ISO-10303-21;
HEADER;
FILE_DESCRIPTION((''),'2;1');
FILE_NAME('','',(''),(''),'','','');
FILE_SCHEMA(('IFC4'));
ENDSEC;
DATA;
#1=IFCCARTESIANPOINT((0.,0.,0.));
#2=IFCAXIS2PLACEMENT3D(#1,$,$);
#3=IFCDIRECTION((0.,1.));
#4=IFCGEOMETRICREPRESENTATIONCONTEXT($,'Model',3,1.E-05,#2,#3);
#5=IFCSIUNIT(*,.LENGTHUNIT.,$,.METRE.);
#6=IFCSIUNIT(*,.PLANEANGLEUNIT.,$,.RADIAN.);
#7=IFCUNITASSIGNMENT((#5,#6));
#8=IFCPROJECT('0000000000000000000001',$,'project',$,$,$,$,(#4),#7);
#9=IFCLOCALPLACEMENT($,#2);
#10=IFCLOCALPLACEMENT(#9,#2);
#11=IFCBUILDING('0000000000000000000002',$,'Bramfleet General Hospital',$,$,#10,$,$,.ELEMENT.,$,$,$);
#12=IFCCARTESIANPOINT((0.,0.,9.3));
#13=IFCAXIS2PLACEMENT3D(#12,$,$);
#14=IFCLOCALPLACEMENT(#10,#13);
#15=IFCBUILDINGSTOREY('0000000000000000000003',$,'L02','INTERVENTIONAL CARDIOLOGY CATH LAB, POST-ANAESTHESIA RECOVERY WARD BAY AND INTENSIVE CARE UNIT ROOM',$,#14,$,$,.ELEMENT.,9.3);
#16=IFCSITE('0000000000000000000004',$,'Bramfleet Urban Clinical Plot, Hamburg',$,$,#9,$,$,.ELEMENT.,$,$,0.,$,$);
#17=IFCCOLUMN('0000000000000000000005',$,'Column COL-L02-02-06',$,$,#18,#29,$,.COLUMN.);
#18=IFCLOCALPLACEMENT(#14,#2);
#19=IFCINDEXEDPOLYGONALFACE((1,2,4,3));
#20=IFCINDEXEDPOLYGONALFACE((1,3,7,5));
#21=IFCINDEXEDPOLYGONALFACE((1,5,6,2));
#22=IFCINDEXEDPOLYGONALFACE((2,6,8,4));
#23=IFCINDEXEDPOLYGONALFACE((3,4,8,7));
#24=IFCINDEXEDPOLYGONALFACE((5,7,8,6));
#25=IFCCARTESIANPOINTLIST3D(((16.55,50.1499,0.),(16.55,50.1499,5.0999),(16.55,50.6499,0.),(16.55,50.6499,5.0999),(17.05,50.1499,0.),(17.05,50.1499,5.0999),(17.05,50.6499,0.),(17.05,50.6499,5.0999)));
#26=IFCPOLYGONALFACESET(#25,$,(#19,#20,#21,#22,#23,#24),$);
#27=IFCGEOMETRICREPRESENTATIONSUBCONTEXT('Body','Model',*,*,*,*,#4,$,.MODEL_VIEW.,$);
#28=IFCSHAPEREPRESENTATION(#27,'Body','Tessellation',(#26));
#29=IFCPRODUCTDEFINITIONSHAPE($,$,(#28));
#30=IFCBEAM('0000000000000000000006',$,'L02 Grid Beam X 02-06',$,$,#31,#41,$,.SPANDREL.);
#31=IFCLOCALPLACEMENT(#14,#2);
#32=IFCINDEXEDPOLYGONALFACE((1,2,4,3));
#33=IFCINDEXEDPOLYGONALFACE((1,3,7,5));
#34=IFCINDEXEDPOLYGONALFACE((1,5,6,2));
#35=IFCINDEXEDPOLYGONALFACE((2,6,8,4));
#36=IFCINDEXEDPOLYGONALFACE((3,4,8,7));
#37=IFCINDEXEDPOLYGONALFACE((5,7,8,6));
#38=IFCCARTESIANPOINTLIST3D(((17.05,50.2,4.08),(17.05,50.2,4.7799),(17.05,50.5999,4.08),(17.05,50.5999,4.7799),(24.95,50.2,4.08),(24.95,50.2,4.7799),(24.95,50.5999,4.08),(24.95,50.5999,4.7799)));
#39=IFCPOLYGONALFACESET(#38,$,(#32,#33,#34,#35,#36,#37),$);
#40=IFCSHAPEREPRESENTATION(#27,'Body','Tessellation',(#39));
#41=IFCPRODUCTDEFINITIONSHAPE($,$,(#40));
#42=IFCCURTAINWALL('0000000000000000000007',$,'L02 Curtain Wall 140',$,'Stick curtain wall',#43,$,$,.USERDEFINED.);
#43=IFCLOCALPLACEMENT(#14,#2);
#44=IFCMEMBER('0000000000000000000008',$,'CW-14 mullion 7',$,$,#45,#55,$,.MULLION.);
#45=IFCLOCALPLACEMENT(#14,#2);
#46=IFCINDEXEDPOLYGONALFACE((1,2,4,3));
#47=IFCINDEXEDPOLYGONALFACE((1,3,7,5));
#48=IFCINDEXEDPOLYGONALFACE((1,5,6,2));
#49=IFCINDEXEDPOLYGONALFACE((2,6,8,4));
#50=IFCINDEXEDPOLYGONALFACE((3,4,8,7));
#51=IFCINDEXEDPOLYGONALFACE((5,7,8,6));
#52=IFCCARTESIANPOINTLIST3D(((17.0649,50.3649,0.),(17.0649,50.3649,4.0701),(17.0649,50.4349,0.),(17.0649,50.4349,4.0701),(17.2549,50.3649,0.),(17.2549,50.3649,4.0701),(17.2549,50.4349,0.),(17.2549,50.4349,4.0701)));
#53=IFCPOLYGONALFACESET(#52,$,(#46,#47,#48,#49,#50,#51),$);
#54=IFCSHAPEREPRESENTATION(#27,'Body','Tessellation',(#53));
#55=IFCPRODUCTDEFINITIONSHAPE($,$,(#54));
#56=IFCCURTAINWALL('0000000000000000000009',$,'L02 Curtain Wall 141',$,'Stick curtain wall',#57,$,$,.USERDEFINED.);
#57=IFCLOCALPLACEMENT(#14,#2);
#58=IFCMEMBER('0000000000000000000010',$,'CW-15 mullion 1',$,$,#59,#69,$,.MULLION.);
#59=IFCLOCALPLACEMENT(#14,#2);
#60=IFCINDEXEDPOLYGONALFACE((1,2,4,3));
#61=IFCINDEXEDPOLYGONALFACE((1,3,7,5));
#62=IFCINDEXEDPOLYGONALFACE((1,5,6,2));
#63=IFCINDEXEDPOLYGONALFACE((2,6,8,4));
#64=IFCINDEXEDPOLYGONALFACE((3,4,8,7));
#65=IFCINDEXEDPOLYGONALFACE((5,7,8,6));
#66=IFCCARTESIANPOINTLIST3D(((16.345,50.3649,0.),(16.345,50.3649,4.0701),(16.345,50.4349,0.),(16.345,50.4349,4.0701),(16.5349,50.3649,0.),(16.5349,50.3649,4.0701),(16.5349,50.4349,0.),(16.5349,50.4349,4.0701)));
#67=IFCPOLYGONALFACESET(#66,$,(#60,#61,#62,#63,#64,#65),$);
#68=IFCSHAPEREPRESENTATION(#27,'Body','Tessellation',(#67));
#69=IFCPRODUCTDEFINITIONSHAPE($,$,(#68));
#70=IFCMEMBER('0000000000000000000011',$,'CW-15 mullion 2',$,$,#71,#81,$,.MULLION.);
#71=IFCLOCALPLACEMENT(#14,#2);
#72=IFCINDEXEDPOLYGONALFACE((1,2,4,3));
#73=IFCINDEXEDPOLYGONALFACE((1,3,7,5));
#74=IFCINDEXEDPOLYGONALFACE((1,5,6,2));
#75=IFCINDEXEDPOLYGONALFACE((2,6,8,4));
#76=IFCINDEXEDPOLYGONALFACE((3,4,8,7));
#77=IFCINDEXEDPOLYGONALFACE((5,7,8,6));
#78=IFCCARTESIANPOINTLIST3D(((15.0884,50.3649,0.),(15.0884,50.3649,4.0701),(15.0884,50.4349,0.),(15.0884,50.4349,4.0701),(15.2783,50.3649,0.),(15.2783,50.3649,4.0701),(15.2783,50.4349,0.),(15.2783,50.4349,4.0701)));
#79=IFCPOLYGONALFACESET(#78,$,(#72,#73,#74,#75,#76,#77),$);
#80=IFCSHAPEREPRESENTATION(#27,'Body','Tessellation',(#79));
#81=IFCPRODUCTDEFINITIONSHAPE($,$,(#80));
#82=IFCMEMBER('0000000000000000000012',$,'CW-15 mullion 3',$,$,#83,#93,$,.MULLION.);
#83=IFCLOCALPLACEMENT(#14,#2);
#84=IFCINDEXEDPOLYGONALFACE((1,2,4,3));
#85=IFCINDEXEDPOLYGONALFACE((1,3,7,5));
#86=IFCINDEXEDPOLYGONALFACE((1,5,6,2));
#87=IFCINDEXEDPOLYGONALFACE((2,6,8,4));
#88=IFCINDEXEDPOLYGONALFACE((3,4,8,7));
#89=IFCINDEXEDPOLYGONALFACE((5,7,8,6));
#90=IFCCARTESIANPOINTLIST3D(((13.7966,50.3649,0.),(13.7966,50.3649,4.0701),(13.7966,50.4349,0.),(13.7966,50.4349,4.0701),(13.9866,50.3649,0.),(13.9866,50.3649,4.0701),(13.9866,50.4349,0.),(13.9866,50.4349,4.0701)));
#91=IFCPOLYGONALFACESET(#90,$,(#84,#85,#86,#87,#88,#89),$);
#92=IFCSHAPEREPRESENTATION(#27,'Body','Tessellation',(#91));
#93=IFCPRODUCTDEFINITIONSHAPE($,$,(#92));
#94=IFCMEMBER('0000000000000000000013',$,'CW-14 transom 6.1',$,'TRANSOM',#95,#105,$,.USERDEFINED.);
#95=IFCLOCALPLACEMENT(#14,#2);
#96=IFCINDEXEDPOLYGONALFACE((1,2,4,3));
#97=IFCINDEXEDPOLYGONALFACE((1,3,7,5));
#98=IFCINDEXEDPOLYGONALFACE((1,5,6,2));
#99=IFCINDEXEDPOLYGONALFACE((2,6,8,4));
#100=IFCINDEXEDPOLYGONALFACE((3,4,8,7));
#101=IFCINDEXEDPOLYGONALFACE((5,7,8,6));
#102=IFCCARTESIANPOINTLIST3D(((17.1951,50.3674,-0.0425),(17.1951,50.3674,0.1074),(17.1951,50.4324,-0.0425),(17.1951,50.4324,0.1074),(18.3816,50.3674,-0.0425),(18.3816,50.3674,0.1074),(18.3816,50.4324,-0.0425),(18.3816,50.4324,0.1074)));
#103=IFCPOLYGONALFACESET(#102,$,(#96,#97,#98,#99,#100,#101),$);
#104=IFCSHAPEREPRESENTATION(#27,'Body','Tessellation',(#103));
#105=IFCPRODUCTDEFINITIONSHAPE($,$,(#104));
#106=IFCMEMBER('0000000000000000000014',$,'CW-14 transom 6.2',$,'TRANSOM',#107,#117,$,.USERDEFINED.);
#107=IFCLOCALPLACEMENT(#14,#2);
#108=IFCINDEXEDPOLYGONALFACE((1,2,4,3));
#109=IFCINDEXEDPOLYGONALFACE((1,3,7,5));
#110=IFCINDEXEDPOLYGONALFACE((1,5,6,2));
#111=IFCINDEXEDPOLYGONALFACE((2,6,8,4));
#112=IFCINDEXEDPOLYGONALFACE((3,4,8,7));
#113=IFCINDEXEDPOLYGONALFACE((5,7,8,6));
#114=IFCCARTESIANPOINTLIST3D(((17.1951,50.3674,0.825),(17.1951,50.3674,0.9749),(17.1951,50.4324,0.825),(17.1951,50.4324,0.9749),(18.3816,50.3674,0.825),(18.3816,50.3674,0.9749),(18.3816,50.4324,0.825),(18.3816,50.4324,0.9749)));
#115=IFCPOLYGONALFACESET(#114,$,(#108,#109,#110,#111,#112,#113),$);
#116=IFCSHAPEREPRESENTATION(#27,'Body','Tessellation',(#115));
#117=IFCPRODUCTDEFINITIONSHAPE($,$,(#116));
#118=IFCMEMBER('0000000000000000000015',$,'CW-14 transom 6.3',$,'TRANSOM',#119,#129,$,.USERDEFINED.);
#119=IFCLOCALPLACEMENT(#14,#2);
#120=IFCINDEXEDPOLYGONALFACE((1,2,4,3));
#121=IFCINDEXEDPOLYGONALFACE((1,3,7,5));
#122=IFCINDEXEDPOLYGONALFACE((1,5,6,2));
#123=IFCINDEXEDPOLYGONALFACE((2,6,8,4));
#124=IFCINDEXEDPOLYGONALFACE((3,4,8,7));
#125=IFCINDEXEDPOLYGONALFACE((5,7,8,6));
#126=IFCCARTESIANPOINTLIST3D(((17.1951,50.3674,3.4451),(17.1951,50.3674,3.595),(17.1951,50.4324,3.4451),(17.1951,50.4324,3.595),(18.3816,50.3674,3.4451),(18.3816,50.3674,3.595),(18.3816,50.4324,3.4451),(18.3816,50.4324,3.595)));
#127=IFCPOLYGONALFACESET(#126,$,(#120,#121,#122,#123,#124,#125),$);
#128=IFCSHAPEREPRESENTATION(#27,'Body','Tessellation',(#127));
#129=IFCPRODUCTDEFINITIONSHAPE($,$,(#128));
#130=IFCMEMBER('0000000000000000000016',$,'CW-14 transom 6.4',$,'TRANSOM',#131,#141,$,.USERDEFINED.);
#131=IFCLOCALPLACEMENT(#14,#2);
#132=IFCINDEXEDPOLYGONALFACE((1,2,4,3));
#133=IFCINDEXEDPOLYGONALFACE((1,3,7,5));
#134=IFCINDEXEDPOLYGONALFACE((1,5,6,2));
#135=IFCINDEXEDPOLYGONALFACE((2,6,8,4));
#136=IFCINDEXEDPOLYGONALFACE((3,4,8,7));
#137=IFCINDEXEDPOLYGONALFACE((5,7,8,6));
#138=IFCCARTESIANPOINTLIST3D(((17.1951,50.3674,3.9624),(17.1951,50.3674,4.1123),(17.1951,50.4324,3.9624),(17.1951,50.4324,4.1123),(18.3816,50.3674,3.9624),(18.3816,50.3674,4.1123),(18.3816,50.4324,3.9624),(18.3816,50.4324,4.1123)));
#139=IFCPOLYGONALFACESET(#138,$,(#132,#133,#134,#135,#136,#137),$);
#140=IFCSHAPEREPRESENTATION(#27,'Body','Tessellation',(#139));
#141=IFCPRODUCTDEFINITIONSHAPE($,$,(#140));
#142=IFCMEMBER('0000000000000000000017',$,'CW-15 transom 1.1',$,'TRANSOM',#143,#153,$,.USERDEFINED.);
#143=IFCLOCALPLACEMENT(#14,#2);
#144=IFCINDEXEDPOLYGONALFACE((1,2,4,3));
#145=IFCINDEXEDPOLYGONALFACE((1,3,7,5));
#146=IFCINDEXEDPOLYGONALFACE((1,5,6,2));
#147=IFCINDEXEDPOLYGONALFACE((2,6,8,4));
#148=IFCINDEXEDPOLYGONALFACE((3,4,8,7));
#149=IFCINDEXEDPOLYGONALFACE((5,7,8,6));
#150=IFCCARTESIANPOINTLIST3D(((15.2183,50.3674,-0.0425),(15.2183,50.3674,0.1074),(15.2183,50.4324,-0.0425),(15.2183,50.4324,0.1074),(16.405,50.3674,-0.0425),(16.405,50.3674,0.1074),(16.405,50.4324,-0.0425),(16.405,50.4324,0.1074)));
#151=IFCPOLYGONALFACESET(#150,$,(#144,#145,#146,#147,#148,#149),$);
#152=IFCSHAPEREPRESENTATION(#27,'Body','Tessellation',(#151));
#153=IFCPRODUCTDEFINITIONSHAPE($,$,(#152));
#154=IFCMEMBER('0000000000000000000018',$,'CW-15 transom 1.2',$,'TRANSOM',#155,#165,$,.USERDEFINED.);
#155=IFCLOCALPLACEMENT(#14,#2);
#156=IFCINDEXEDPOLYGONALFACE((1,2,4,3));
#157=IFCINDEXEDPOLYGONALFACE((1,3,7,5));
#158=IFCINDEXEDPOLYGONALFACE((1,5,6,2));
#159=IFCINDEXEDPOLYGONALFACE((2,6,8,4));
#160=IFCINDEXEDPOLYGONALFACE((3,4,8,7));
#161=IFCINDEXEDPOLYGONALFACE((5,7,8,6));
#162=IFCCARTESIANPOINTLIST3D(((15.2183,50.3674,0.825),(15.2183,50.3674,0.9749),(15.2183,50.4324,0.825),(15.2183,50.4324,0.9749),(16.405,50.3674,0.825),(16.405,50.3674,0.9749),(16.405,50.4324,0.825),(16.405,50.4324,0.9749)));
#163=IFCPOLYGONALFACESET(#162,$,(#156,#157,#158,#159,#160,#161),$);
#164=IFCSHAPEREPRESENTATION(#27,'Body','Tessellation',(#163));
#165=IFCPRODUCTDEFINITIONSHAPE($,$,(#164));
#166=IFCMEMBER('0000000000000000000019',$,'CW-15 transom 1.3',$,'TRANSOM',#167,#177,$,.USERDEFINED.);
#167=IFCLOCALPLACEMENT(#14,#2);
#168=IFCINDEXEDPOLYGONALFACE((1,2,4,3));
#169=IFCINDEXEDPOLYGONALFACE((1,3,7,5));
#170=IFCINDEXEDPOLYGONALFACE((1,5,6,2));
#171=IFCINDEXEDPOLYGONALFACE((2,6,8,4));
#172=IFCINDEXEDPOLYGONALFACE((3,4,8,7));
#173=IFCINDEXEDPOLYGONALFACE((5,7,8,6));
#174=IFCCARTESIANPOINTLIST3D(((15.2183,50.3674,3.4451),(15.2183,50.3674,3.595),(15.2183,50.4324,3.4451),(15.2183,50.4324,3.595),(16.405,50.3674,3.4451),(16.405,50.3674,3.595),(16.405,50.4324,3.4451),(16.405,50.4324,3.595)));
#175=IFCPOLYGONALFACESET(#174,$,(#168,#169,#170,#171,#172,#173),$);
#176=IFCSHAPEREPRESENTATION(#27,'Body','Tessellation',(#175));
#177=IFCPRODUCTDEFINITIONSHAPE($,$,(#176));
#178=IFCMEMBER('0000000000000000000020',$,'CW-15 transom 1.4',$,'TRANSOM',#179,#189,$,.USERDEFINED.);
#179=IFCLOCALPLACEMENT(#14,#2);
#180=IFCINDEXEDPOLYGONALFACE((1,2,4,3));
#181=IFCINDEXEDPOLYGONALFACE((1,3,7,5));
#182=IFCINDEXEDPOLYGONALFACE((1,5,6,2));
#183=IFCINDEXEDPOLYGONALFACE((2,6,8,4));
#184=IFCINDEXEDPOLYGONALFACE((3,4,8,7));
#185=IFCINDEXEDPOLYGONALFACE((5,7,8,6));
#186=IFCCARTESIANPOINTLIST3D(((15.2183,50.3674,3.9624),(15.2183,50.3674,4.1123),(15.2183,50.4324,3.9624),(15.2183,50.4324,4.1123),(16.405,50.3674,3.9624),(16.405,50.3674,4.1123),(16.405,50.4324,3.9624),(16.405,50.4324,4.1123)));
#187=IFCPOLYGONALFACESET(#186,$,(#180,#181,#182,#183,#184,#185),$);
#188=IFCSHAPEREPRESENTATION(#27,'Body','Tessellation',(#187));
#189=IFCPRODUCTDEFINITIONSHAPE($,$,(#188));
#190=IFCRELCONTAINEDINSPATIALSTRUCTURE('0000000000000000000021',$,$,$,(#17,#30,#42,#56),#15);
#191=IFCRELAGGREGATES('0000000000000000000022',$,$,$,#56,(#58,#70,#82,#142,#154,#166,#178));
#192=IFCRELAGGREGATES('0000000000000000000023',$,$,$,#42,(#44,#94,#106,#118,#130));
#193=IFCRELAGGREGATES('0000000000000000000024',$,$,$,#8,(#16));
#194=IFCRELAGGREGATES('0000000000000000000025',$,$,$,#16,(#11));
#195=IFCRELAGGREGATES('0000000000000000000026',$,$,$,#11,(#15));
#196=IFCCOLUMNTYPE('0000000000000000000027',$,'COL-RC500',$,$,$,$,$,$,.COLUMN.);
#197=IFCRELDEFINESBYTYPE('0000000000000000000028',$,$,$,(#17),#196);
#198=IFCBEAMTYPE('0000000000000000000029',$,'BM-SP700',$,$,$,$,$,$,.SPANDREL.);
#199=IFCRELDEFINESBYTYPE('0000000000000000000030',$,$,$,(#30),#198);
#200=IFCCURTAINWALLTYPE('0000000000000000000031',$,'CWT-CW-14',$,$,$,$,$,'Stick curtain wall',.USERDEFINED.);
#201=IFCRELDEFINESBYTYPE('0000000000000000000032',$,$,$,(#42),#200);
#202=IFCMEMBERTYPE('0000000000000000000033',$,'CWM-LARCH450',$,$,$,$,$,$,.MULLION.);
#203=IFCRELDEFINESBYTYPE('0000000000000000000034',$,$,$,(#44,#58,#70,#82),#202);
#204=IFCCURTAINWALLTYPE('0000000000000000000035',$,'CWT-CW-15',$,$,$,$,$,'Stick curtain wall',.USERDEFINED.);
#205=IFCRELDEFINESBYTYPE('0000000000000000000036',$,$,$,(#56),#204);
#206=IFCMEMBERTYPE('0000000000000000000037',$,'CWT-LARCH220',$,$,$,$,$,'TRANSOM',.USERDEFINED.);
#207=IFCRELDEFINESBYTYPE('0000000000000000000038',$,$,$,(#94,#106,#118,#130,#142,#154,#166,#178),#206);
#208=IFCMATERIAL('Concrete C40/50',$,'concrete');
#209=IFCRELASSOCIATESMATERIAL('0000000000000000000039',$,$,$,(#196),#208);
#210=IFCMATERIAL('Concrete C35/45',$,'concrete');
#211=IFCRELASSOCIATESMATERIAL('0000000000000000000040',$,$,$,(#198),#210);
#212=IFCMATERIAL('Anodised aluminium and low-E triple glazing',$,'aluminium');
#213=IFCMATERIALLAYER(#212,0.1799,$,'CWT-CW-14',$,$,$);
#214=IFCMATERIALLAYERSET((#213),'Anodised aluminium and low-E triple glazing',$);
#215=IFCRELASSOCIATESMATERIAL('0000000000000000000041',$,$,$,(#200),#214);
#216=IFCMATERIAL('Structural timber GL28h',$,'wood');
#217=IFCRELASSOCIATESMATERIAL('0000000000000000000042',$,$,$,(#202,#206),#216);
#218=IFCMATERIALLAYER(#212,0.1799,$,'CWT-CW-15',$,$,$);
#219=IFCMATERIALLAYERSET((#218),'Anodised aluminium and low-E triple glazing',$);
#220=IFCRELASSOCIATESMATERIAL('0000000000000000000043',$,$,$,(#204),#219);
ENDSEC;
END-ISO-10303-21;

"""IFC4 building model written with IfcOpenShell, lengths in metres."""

from ifc_helpers import new_model, si_unit, direction, frame, origin, origin_2d, place, context, subcontext, project, spatial, rectangle, extrude, material, layer, layer_set, material_profile, profile_set, type_object, element, aggregate, save


model = new_model("IFC4")

# Units and contexts
model_context = context("Model", 3, precision=1e-05, world=origin(), true_north=direction((0.0, 1.0)))
body_context = subcontext(model_context, "Body", "Model", "MODEL_VIEW")
ifc_project = project(units=[si_unit("LENGTHUNIT", "METRE"), si_unit("PLANEANGLEUNIT", "RADIAN")], contexts=[model_context])

# Site, building, storey
site_placement = place(None, origin())
site = spatial("IfcSite", under=ifc_project, at=site_placement, Name="Bramfleet Urban Clinical Plot, Hamburg", CompositionType="ELEMENT", RefElevation=0.0)
building_placement = place(site_placement, origin())
building = spatial("IfcBuilding", under=site, at=building_placement, Name="Bramfleet General Hospital", CompositionType="ELEMENT")
storey_placement = place(building_placement, frame((0.0, 0.0, 9.3)))
storey = spatial("IfcBuildingStorey", under=building, at=storey_placement, Name="L02", Description="INTERVENTIONAL CARDIOLOGY CATH LAB, POST-ANAESTHESIA RECOVERY WARD BAY AND INTENSIVE CARE UNIT ROOM", CompositionType="ELEMENT", Elevation=9.3)

# Column
ifc_material_1 = material(Name="Concrete C40/50", Category="concrete")
ifc_material_profile_1 = material_profile(ifc_material_1, rectangle(XDim=0.5, YDim=0.5, at=origin_2d()), Name="RC COL 500x500")
ifc_profile_set_1 = profile_set([ifc_material_profile_1], Name="Concrete C40/50")
column_type = type_object("IfcColumnType", Name="COL-RC500", PredefinedType="COLUMN", material=ifc_profile_set_1)
column_placement = place(storey_placement, frame((16.8, 50.3999, 0.0), z_axis=(0.0, 0.0, 1.0), x_axis=(1.0, 0.0, 0.0)))
element("IfcColumn", 1, at=column_placement, inside=storey, type_object=column_type, Name="Column COL-L02-02-06", PredefinedType="COLUMN", context=body_context, shape_type="SweptSolid", body=[
    extrude(rectangle(XDim=0.5, YDim=0.5, at=origin_2d()), origin(), (0.0, 0.0, 1.0), 5.0999),
])

# Beam
ifc_material_2 = material(Name="Concrete C35/45", Category="concrete")
ifc_material_profile_2 = material_profile(ifc_material_2, rectangle(XDim=0.3999, YDim=0.7, at=origin_2d()), Name="RC SP 700x400")
ifc_profile_set_2 = profile_set([ifc_material_profile_2], Name="Concrete C35/45")
beam_type = type_object("IfcBeamType", Name="BM-SP700", PredefinedType="SPANDREL", material=ifc_profile_set_2)
beam_placement = place(storey_placement, frame((17.05, 50.3999, 4.4299), z_axis=(1.0, 0.0, 0.0), x_axis=(0.0, 1.0, 0.0)))
element("IfcBeam", 2, at=beam_placement, inside=storey, type_object=beam_type, Name="L02 Grid Beam X 02-06", PredefinedType="SPANDREL", context=body_context, shape_type="SweptSolid", body=[
    extrude(rectangle(XDim=0.3999, YDim=0.7, at=origin_2d()), origin(), (0.0, 0.0, 1.0), 7.8999),
])

# Curtain wall, member
ifc_material_3 = material(Name="Anodised aluminium and low-E triple glazing", Category="aluminium")
ifc_layer_1 = layer(ifc_material_3, 0.1799, Name="CWT-CW-14")
ifc_layer_set_1 = layer_set([ifc_layer_1], Name="Anodised aluminium and low-E triple glazing")
curtain_wall_type_1 = type_object("IfcCurtainWallType", Name="CWT-CW-14", ElementType="Stick curtain wall", PredefinedType="USERDEFINED", material=ifc_layer_set_1)
curtain_wall_1_placement = place(storey_placement, origin())
curtain_wall_1 = element("IfcCurtainWall", 3, at=curtain_wall_1_placement, inside=storey, type_object=curtain_wall_type_1, Name="L02 Curtain Wall 140", ObjectType="Stick curtain wall", PredefinedType="USERDEFINED")
ifc_material_4 = material(Name="Structural timber GL28h", Category="wood")
ifc_material_profile_3 = material_profile(ifc_material_4, rectangle(XDim=0.0701, YDim=0.1899, at=origin_2d()), Name="LARCH 190x70")
ifc_profile_set_3 = profile_set([ifc_material_profile_3], Name="Structural timber GL28h")
member_type_1 = type_object("IfcMemberType", Name="CWM-LARCH450", PredefinedType="MULLION", material=ifc_profile_set_3)
member_1_placement = place(storey_placement, frame((17.1599, 50.3999, 0.0), z_axis=(0.0, 0.0, 1.0), x_axis=(0.0, -1.0, 0.0)))
member_1 = element("IfcMember", 4, at=member_1_placement, type_object=member_type_1, Name="CW-14 mullion 7", PredefinedType="MULLION", context=body_context, shape_type="SweptSolid", body=[
    extrude(rectangle(XDim=0.0701, YDim=0.1899, at=origin_2d()), origin(), (0.0, 0.0, 1.0), 4.0701),
])

# Curtain wall, members
ifc_layer_2 = layer(ifc_material_3, 0.1799, Name="CWT-CW-15")
ifc_layer_set_2 = layer_set([ifc_layer_2], Name="Anodised aluminium and low-E triple glazing")
curtain_wall_type_2 = type_object("IfcCurtainWallType", Name="CWT-CW-15", ElementType="Stick curtain wall", PredefinedType="USERDEFINED", material=ifc_layer_set_2)
curtain_wall_2_placement = place(storey_placement, origin())
curtain_wall_2 = element("IfcCurtainWall", 5, at=curtain_wall_2_placement, inside=storey, type_object=curtain_wall_type_2, Name="L02 Curtain Wall 141", ObjectType="Stick curtain wall", PredefinedType="USERDEFINED")
member_2_placement = place(storey_placement, frame((16.4399, 50.3999, 0.0), z_axis=(0.0, 0.0, 1.0), x_axis=(0.0, -1.0, 0.0)))
member_2 = element("IfcMember", 6, at=member_2_placement, type_object=member_type_1, Name="CW-15 mullion 1", PredefinedType="MULLION", context=body_context, shape_type="SweptSolid", body=[
    extrude(rectangle(XDim=0.0701, YDim=0.1899, at=origin_2d()), origin(), (0.0, 0.0, 1.0), 4.0701),
])
member_3_placement = place(storey_placement, frame((15.1833, 50.3999, 0.0), z_axis=(0.0, 0.0, 1.0), x_axis=(0.0, -1.0, 0.0)))
member_3 = element("IfcMember", 7, at=member_3_placement, type_object=member_type_1, Name="CW-15 mullion 2", PredefinedType="MULLION", context=body_context, shape_type="SweptSolid", body=[
    extrude(rectangle(XDim=0.0701, YDim=0.1899, at=origin_2d()), origin(), (0.0, 0.0, 1.0), 4.0701),
])
member_4_placement = place(storey_placement, frame((13.8916, 50.3999, 0.0), z_axis=(0.0, 0.0, 1.0), x_axis=(0.0, -1.0, 0.0)))
member_4 = element("IfcMember", 8, at=member_4_placement, type_object=member_type_1, Name="CW-15 mullion 3", PredefinedType="MULLION", context=body_context, shape_type="SweptSolid", body=[
    extrude(rectangle(XDim=0.0701, YDim=0.1899, at=origin_2d()), origin(), (0.0, 0.0, 1.0), 4.0701),
])

# Members
ifc_material_profile_4 = material_profile(ifc_material_4, rectangle(XDim=0.0649, YDim=0.1499, at=origin_2d()), Name="LARCH 150x65")
ifc_profile_set_4 = profile_set([ifc_material_profile_4], Name="Structural timber GL28h")
member_type_2 = type_object("IfcMemberType", Name="CWT-LARCH220", ElementType="TRANSOM", PredefinedType="USERDEFINED", material=ifc_profile_set_4)
member_5_placement = place(storey_placement, frame((18.3816, 50.3999, 0.0325), z_axis=(-1.0, 0.0, 0.0), x_axis=(0.0, -1.0, 0.0)))
member_5 = element("IfcMember", 9, at=member_5_placement, type_object=member_type_2, Name="CW-14 transom 6.1", ObjectType="TRANSOM", PredefinedType="USERDEFINED", context=body_context, shape_type="SweptSolid", body=[
    extrude(rectangle(XDim=0.0649, YDim=0.1499, at=origin_2d()), origin(), (0.0, 0.0, 1.0), 1.1865),
])
member_6_placement = place(storey_placement, frame((18.3816, 50.3999, 0.8999), z_axis=(-1.0, 0.0, 0.0), x_axis=(0.0, -1.0, 0.0)))
member_6 = element("IfcMember", 10, at=member_6_placement, type_object=member_type_2, Name="CW-14 transom 6.2", ObjectType="TRANSOM", PredefinedType="USERDEFINED", context=body_context, shape_type="SweptSolid", body=[
    extrude(rectangle(XDim=0.0649, YDim=0.1499, at=origin_2d()), origin(), (0.0, 0.0, 1.0), 1.1865),
])
member_7_placement = place(storey_placement, frame((18.3816, 50.3999, 3.52), z_axis=(-1.0, 0.0, 0.0), x_axis=(0.0, -1.0, 0.0)))
member_7 = element("IfcMember", 11, at=member_7_placement, type_object=member_type_2, Name="CW-14 transom 6.3", ObjectType="TRANSOM", PredefinedType="USERDEFINED", context=body_context, shape_type="SweptSolid", body=[
    extrude(rectangle(XDim=0.0649, YDim=0.1499, at=origin_2d()), origin(), (0.0, 0.0, 1.0), 1.1865),
])
member_8_placement = place(storey_placement, frame((18.3816, 50.3999, 4.0374), z_axis=(-1.0, 0.0, 0.0), x_axis=(0.0, -1.0, 0.0)))
member_8 = element("IfcMember", 12, at=member_8_placement, type_object=member_type_2, Name="CW-14 transom 6.4", ObjectType="TRANSOM", PredefinedType="USERDEFINED", context=body_context, shape_type="SweptSolid", body=[
    extrude(rectangle(XDim=0.0649, YDim=0.1499, at=origin_2d()), origin(), (0.0, 0.0, 1.0), 1.1865),
])
member_9_placement = place(storey_placement, frame((16.405, 50.3999, 0.0325), z_axis=(-1.0, 0.0, 0.0), x_axis=(0.0, -1.0, 0.0)))
member_9 = element("IfcMember", 13, at=member_9_placement, type_object=member_type_2, Name="CW-15 transom 1.1", ObjectType="TRANSOM", PredefinedType="USERDEFINED", context=body_context, shape_type="SweptSolid", body=[
    extrude(rectangle(XDim=0.0649, YDim=0.1499, at=origin_2d()), origin(), (0.0, 0.0, 1.0), 1.1868),
])
member_10_placement = place(storey_placement, frame((16.405, 50.3999, 0.8999), z_axis=(-1.0, 0.0, 0.0), x_axis=(0.0, -1.0, 0.0)))
member_10 = element("IfcMember", 14, at=member_10_placement, type_object=member_type_2, Name="CW-15 transom 1.2", ObjectType="TRANSOM", PredefinedType="USERDEFINED", context=body_context, shape_type="SweptSolid", body=[
    extrude(rectangle(XDim=0.0649, YDim=0.1499, at=origin_2d()), origin(), (0.0, 0.0, 1.0), 1.1868),
])
member_11_placement = place(storey_placement, frame((16.405, 50.3999, 3.52), z_axis=(-1.0, 0.0, 0.0), x_axis=(0.0, -1.0, 0.0)))
member_11 = element("IfcMember", 15, at=member_11_placement, type_object=member_type_2, Name="CW-15 transom 1.3", ObjectType="TRANSOM", PredefinedType="USERDEFINED", context=body_context, shape_type="SweptSolid", body=[
    extrude(rectangle(XDim=0.0649, YDim=0.1499, at=origin_2d()), origin(), (0.0, 0.0, 1.0), 1.1868),
])
member_12_placement = place(storey_placement, frame((16.405, 50.3999, 4.0374), z_axis=(-1.0, 0.0, 0.0), x_axis=(0.0, -1.0, 0.0)))
member_12 = element("IfcMember", 16, at=member_12_placement, type_object=member_type_2, Name="CW-15 transom 1.4", ObjectType="TRANSOM", PredefinedType="USERDEFINED", context=body_context, shape_type="SweptSolid", body=[
    extrude(rectangle(XDim=0.0649, YDim=0.1499, at=origin_2d()), origin(), (0.0, 0.0, 1.0), 1.1868),
])

aggregate(curtain_wall_2, [member_2, member_3, member_4, member_9, member_10, member_11, member_12])
aggregate(curtain_wall_1, [member_1, member_5, member_6, member_7, member_8])

save(model, "model.ifc")
